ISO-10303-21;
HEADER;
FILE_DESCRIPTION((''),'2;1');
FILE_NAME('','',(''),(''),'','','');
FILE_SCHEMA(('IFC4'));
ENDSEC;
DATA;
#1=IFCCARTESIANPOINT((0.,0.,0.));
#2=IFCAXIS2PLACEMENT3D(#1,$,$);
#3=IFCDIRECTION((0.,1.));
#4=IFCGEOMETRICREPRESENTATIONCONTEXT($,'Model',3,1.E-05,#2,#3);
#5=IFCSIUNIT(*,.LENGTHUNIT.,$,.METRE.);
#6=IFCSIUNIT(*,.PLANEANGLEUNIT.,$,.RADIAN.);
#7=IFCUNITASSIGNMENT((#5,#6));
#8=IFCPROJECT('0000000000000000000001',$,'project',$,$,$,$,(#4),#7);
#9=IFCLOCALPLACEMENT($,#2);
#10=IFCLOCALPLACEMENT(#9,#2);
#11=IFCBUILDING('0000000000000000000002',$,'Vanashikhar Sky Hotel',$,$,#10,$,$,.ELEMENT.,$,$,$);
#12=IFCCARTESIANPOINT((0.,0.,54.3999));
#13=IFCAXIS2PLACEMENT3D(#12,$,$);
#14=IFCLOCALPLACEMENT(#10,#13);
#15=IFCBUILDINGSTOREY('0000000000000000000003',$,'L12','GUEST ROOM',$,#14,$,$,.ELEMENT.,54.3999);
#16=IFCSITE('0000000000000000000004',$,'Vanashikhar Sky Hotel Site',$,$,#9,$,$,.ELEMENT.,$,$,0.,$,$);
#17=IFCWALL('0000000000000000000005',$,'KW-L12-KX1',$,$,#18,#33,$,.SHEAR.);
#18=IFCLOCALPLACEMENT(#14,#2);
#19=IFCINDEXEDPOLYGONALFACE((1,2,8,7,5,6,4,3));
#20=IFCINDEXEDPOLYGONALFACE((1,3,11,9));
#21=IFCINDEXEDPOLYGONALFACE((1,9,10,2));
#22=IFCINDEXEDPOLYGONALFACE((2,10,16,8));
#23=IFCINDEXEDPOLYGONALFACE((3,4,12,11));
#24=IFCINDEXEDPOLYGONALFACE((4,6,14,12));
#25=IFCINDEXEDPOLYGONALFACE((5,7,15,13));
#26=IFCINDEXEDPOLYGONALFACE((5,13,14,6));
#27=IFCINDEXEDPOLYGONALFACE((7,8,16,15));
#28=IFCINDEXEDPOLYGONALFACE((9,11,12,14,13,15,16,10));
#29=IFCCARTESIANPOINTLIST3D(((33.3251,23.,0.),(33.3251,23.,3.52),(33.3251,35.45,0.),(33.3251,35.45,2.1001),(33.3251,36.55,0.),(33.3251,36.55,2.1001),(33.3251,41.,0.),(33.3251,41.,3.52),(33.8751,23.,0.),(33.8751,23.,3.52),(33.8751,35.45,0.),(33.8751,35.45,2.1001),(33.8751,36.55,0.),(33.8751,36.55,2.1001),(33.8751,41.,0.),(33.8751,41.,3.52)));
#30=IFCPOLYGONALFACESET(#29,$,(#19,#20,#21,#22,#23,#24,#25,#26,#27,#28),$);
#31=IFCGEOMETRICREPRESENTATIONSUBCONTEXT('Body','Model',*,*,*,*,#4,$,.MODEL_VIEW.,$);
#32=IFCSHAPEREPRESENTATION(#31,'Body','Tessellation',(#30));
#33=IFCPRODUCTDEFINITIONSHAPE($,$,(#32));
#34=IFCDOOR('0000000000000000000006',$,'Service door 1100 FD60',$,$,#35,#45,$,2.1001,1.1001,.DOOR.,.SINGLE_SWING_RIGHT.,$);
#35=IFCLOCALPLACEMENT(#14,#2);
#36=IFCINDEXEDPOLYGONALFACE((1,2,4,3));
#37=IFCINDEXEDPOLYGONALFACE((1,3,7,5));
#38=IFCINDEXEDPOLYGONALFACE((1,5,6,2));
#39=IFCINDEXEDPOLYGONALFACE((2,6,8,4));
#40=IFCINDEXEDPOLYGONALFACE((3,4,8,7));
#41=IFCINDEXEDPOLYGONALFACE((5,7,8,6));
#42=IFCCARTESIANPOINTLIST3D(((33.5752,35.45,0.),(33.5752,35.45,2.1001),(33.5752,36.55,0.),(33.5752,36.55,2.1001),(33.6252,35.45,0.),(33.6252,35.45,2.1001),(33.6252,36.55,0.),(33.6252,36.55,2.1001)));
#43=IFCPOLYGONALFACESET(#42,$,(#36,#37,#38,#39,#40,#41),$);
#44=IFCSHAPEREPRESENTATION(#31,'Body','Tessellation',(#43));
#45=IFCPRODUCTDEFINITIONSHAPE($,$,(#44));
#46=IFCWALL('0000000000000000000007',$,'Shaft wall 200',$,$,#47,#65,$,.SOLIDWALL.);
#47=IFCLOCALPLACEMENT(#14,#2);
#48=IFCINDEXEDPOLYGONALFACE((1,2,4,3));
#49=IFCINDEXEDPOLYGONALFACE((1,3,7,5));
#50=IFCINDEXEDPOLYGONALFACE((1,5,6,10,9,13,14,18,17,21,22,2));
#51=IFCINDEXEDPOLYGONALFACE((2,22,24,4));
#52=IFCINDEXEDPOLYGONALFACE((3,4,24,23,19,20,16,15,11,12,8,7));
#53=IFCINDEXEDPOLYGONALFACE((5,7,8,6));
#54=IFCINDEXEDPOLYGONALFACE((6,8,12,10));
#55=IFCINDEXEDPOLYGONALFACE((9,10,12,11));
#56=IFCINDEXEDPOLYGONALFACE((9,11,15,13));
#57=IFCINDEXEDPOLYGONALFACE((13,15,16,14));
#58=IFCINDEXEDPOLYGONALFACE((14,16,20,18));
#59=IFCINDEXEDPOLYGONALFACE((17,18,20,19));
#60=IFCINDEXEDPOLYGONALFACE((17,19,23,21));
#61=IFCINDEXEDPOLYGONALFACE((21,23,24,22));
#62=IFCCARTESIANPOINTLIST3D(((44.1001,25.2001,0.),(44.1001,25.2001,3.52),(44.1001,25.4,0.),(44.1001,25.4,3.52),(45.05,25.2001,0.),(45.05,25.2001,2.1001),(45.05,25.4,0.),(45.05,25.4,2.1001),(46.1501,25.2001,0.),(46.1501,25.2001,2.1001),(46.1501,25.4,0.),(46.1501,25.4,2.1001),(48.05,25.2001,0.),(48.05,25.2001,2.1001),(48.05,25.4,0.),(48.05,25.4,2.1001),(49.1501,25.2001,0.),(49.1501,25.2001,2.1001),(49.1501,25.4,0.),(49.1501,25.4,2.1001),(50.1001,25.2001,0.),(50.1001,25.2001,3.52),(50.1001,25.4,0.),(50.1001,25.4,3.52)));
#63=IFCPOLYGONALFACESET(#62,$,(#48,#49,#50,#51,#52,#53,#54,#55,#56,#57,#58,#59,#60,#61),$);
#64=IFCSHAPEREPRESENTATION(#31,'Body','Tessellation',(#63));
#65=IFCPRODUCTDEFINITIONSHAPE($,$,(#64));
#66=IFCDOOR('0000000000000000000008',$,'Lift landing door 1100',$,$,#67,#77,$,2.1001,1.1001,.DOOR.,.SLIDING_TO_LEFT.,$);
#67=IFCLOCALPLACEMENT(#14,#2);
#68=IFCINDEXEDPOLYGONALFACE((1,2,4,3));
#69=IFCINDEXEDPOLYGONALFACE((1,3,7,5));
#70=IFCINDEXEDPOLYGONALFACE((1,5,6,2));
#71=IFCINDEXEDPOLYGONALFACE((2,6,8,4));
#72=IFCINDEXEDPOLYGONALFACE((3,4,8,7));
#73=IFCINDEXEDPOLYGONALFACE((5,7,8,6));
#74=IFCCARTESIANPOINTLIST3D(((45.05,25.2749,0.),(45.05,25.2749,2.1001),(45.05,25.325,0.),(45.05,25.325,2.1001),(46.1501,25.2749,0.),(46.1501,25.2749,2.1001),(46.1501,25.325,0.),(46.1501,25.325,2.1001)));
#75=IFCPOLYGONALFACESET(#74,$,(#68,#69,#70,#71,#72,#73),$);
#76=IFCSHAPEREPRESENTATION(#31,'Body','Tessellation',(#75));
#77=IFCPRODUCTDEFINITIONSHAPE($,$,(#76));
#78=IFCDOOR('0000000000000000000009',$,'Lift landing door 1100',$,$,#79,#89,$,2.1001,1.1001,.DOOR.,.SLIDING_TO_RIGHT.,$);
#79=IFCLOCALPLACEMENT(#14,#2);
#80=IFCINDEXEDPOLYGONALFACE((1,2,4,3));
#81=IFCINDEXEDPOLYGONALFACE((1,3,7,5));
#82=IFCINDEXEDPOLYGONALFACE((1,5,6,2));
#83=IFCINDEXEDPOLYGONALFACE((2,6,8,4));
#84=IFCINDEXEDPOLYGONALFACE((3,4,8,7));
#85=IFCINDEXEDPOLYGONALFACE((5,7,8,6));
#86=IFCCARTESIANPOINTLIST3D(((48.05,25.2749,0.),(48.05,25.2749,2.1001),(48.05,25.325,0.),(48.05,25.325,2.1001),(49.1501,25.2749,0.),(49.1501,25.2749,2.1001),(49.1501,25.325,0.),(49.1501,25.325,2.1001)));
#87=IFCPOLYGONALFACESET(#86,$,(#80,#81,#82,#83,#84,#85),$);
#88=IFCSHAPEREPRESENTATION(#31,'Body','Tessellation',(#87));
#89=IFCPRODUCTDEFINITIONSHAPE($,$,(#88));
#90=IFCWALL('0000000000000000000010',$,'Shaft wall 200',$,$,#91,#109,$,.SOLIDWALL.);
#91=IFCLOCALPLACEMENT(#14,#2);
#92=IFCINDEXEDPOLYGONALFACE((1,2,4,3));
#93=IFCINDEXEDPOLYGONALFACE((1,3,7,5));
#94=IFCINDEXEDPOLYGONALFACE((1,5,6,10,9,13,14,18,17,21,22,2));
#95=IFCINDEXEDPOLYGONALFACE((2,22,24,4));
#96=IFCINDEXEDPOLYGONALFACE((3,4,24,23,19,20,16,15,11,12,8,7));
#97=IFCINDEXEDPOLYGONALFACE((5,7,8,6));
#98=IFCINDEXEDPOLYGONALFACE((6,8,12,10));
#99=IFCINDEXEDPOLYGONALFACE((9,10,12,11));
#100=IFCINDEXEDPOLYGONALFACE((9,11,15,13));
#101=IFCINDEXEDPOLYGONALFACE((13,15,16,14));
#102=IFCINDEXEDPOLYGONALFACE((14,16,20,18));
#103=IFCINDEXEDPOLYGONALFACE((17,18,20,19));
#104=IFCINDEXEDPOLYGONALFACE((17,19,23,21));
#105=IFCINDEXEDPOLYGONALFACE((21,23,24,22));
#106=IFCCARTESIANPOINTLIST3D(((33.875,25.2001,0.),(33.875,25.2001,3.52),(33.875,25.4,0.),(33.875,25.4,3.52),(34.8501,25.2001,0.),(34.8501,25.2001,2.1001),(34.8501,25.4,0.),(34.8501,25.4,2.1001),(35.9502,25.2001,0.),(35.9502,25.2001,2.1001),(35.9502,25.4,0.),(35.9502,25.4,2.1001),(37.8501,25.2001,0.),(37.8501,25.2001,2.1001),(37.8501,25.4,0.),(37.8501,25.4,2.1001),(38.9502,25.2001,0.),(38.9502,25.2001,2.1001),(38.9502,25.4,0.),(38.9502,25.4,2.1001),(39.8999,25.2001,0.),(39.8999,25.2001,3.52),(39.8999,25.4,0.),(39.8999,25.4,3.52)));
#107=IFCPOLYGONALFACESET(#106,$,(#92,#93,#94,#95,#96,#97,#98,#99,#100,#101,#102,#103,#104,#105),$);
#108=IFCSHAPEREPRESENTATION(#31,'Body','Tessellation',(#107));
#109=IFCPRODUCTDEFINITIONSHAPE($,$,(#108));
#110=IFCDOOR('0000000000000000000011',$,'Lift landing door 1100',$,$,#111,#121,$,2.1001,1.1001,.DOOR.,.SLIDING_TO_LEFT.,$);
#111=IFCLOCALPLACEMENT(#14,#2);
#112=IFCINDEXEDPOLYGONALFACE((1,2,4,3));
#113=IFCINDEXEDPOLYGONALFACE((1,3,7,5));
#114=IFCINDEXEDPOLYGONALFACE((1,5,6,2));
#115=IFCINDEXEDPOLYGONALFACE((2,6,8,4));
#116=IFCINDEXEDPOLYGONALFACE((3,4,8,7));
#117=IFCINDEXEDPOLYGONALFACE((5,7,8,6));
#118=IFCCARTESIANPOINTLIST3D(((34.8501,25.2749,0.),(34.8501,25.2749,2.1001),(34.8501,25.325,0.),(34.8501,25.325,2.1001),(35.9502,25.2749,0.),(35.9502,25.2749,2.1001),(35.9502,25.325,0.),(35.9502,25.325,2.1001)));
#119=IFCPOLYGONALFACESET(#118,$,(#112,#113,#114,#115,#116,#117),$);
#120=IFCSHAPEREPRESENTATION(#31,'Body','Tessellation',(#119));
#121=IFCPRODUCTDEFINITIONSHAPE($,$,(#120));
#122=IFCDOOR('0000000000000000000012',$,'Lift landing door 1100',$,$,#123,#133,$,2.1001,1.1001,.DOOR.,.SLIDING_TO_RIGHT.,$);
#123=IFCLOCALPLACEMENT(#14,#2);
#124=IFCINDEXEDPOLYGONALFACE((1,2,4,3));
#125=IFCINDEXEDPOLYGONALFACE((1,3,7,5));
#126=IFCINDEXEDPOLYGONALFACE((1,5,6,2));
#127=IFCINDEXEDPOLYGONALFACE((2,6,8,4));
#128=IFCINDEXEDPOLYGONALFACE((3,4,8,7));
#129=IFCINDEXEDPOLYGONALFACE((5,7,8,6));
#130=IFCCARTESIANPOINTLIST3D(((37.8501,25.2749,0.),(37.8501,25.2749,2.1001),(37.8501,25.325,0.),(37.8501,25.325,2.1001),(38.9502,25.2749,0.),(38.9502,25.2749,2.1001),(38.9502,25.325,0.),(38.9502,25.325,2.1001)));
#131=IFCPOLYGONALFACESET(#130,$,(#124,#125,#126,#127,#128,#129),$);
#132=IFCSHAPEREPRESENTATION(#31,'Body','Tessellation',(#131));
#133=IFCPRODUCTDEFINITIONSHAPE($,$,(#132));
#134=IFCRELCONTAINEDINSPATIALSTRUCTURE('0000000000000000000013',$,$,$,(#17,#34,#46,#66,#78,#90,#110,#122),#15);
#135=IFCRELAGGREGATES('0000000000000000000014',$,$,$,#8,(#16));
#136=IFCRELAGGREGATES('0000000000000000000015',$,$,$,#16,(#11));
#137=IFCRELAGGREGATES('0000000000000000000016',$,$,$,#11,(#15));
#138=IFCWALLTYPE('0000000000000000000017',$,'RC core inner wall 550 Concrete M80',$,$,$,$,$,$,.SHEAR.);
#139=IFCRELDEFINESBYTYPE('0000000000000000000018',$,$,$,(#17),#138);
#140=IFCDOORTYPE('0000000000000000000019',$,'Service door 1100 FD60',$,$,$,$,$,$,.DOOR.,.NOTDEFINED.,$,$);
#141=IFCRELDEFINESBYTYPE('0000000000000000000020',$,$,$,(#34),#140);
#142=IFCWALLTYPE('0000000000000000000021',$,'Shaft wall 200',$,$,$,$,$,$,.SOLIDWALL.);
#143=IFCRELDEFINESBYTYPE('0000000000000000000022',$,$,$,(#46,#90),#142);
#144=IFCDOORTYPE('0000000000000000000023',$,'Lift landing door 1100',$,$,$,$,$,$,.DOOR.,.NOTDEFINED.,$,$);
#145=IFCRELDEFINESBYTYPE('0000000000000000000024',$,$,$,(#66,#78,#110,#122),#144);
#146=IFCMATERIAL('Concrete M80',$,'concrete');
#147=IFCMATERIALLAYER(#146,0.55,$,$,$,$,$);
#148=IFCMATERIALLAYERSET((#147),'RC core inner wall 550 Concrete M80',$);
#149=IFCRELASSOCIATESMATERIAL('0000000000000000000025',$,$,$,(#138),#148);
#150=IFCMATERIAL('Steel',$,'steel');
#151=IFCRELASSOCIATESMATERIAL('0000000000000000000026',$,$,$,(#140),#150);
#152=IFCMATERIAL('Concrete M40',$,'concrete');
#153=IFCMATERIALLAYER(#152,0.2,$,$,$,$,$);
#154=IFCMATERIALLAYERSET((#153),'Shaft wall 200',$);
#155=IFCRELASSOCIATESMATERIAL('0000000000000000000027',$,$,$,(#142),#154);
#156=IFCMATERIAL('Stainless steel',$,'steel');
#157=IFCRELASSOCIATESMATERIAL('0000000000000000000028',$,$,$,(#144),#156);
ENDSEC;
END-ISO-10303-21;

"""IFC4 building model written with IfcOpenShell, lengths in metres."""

from ifc_helpers import new_model, si_unit, direction, frame, frame_2d, origin, place, context, subcontext, project, spatial, rectangle, extrude, source, transform, mapped, material, layer, layer_set, type_object, element, fill, save


model = new_model("IFC4")

# Units and contexts
model_context = context("Model", 3, precision=1e-05, world=origin(), true_north=direction((0.0, 1.0)))
body_context = subcontext(model_context, "Body", "Model", "MODEL_VIEW")
ifc_project = project(units=[si_unit("LENGTHUNIT", "METRE"), si_unit("PLANEANGLEUNIT", "RADIAN")], contexts=[model_context])

# Site, building, storey
site_placement = place(None, origin())
site = spatial("IfcSite", under=ifc_project, at=site_placement, Name="Vanashikhar Sky Hotel Site", CompositionType="ELEMENT", RefElevation=0.0)
building_placement = place(site_placement, origin())
building = spatial("IfcBuilding", under=site, at=building_placement, Name="Vanashikhar Sky Hotel", CompositionType="ELEMENT")
storey_placement = place(building_placement, frame((0.0, 0.0, 54.3999)))
storey = spatial("IfcBuildingStorey", under=building, at=storey_placement, Name="L12", Description="GUEST ROOM", CompositionType="ELEMENT", Elevation=54.3999)

# Wall, opening, door
ifc_material_1 = material(Name="Concrete M80", Category="concrete")
ifc_layer_1 = layer(ifc_material_1, 0.55)
ifc_layer_set_1 = layer_set([ifc_layer_1], Name="RC core inner wall 550 Concrete M80")
wall_type_1 = type_object("IfcWallType", Name="RC core inner wall 550 Concrete M80", PredefinedType="SHEAR", material=ifc_layer_set_1)
shared_shape_1 = source(origin(), body_context, "Body", "SweptSolid", [
    extrude(rectangle(XDim=18.0, YDim=0.55, at=frame_2d((9.0, 0.0))), origin(), (0.0, 0.0, 1.0), 3.52),
])
wall_1_placement = place(storey_placement, frame((33.6001, 23.0, 0.0), z_axis=(0.0, 0.0, 1.0), x_axis=(0.0, 1.0, 0.0)))
wall_1 = element("IfcWall", 1, at=wall_1_placement, inside=storey, type_object=wall_type_1, Name="KW-L12-KX1", PredefinedType="SHEAR", context=body_context, shape_type="MappedRepresentation", body=[
    mapped(shared_shape_1, transform((0.0, 0.0, 0.0), scale=1.0)),
])
shared_shape_2 = source(origin(), body_context, "Body", "SweptSolid", [
    extrude(rectangle(XDim=1.1001, YDim=2.1001, at=frame_2d((0.55, 1.05))), frame((0.0, 0.2852, 0.0), z_axis=(0.0, -1.0, 0.0), x_axis=(1.0, 0.0, 0.0)), (0.0, 0.0, 1.0), 0.5701),
])
opening_1_placement = place(wall_1_placement, frame((12.45, 0.0, 0.0)))
opening_1 = element("IfcOpeningElement", 2, at=opening_1_placement, cuts=wall_1, PredefinedType="OPENING", context=body_context, shape_type="MappedRepresentation", body=[
    mapped(shared_shape_2, transform((0.0, 0.0, 0.0), scale=1.0)),
])
ifc_material_2 = material(Name="Steel", Category="steel")
door_type_1 = type_object("IfcDoorType", Name="Service door 1100 FD60", OperationType="NOTDEFINED", PredefinedType="DOOR", material=ifc_material_2)
shared_shape_3 = source(origin(), body_context, "Body", "SweptSolid", [
    extrude(rectangle(XDim=1.1001, YDim=2.1001, at=frame_2d((0.55, 1.05))), frame((0.0, 0.0249, 0.0), z_axis=(0.0, -1.0, 0.0), x_axis=(1.0, 0.0, 0.0)), (0.0, 0.0, 1.0), 0.05),
])
door_1_placement = place(opening_1_placement, origin())
door_1 = element("IfcDoor", 3, at=door_1_placement, inside=storey, type_object=door_type_1, Name="Service door 1100 FD60", OperationType="SINGLE_SWING_RIGHT", OverallHeight=2.1001, OverallWidth=1.1001, PredefinedType="DOOR", context=body_context, shape_type="MappedRepresentation", body=[
    mapped(shared_shape_3, transform((0.0, 0.0, 0.0), scale=1.0)),
])
fill(opening_1, door_1)

# Walls, openings, doors
ifc_material_3 = material(Name="Concrete M40", Category="concrete")
ifc_layer_2 = layer(ifc_material_3, 0.2)
ifc_layer_set_2 = layer_set([ifc_layer_2], Name="Shaft wall 200")
wall_type_2 = type_object("IfcWallType", Name="Shaft wall 200", PredefinedType="SOLIDWALL", material=ifc_layer_set_2)
shared_shape_4 = source(origin(), body_context, "Body", "SweptSolid", [
    extrude(rectangle(XDim=6.0, YDim=0.2, at=frame_2d((3.0, 0.0))), origin(), (0.0, 0.0, 1.0), 3.52),
])
wall_2_placement = place(storey_placement, frame((44.1001, 25.3, 0.0), z_axis=(0.0, 0.0, 1.0), x_axis=(1.0, 0.0, 0.0)))
wall_2 = element("IfcWall", 4, at=wall_2_placement, inside=storey, type_object=wall_type_2, Name="Shaft wall 200", PredefinedType="SOLIDWALL", context=body_context, shape_type="MappedRepresentation", body=[
    mapped(shared_shape_4, transform((0.0, 0.0, 0.0), scale=1.0)),
])
shared_shape_5 = source(origin(), body_context, "Body", "SweptSolid", [
    extrude(rectangle(XDim=1.1001, YDim=2.1001, at=frame_2d((0.55, 1.05))), frame((0.0, 0.1099, 0.0), z_axis=(0.0, -1.0, 0.0), x_axis=(1.0, 0.0, 0.0)), (0.0, 0.0, 1.0), 0.22),
])
opening_2_placement = place(wall_2_placement, frame((0.95, 0.0, 0.0)))
opening_2 = element("IfcOpeningElement", 5, at=opening_2_placement, cuts=wall_2, PredefinedType="OPENING", context=body_context, shape_type="MappedRepresentation", body=[
    mapped(shared_shape_5, transform((0.0, 0.0, 0.0), scale=1.0)),
])
opening_3_placement = place(wall_2_placement, frame((3.95, 0.0, 0.0)))
opening_3 = element("IfcOpeningElement", 6, at=opening_3_placement, cuts=wall_2, PredefinedType="OPENING", context=body_context, shape_type="MappedRepresentation", body=[
    mapped(shared_shape_5, transform((0.0, 0.0, 0.0), scale=1.0)),
])
ifc_material_4 = material(Name="Stainless steel", Category="steel")
door_type_2 = type_object("IfcDoorType", Name="Lift landing door 1100", OperationType="NOTDEFINED", PredefinedType="DOOR", material=ifc_material_4)
door_2_placement = place(opening_2_placement, origin())
door_2 = element("IfcDoor", 7, at=door_2_placement, inside=storey, type_object=door_type_2, Name="Lift landing door 1100", OperationType="SLIDING_TO_LEFT", OverallHeight=2.1001, OverallWidth=1.1001, PredefinedType="DOOR", context=body_context, shape_type="MappedRepresentation", body=[
    mapped(shared_shape_3, transform((0.0, 0.0, 0.0), scale=1.0)),
])
fill(opening_2, door_2)
door_3_placement = place(opening_3_placement, origin())
door_3 = element("IfcDoor", 8, at=door_3_placement, inside=storey, type_object=door_type_2, Name="Lift landing door 1100", OperationType="SLIDING_TO_RIGHT", OverallHeight=2.1001, OverallWidth=1.1001, PredefinedType="DOOR", context=body_context, shape_type="MappedRepresentation", body=[
    mapped(shared_shape_3, transform((0.0, 0.0, 0.0), scale=1.0)),
])
fill(opening_3, door_3)
shared_shape_6 = source(origin(), body_context, "Body", "SweptSolid", [
    extrude(rectangle(XDim=6.0249, YDim=0.2, at=frame_2d((3.0125, 0.0))), origin(), (0.0, 0.0, 1.0), 3.52),
])
wall_3_placement = place(storey_placement, frame((33.875, 25.3, 0.0), z_axis=(0.0, 0.0, 1.0), x_axis=(1.0, 0.0, 0.0)))
wall_3 = element("IfcWall", 9, at=wall_3_placement, inside=storey, type_object=wall_type_2, Name="Shaft wall 200", PredefinedType="SOLIDWALL", context=body_context, shape_type="MappedRepresentation", body=[
    mapped(shared_shape_6, transform((0.0, 0.0, 0.0), scale=1.0)),
])
opening_4_placement = place(wall_3_placement, frame((0.9751, 0.0, 0.0)))
opening_4 = element("IfcOpeningElement", 10, at=opening_4_placement, cuts=wall_3, PredefinedType="OPENING", context=body_context, shape_type="MappedRepresentation", body=[
    mapped(shared_shape_5, transform((0.0, 0.0, 0.0), scale=1.0)),
])
opening_5_placement = place(wall_3_placement, frame((3.9751, 0.0, 0.0)))
opening_5 = element("IfcOpeningElement", 11, at=opening_5_placement, cuts=wall_3, PredefinedType="OPENING", context=body_context, shape_type="MappedRepresentation", body=[
    mapped(shared_shape_5, transform((0.0, 0.0, 0.0), scale=1.0)),
])
door_4_placement = place(opening_4_placement, origin())
door_4 = element("IfcDoor", 12, at=door_4_placement, inside=storey, type_object=door_type_2, Name="Lift landing door 1100", OperationType="SLIDING_TO_LEFT", OverallHeight=2.1001, OverallWidth=1.1001, PredefinedType="DOOR", context=body_context, shape_type="MappedRepresentation", body=[
    mapped(shared_shape_3, transform((0.0, 0.0, 0.0), scale=1.0)),
])
fill(opening_4, door_4)
door_5_placement = place(opening_5_placement, origin())
door_5 = element("IfcDoor", 13, at=door_5_placement, inside=storey, type_object=door_type_2, Name="Lift landing door 1100", OperationType="SLIDING_TO_RIGHT", OverallHeight=2.1001, OverallWidth=1.1001, PredefinedType="DOOR", context=body_context, shape_type="MappedRepresentation", body=[
    mapped(shared_shape_3, transform((0.0, 0.0, 0.0), scale=1.0)),
])
fill(opening_5, door_5)

save(model, "model.ifc")
